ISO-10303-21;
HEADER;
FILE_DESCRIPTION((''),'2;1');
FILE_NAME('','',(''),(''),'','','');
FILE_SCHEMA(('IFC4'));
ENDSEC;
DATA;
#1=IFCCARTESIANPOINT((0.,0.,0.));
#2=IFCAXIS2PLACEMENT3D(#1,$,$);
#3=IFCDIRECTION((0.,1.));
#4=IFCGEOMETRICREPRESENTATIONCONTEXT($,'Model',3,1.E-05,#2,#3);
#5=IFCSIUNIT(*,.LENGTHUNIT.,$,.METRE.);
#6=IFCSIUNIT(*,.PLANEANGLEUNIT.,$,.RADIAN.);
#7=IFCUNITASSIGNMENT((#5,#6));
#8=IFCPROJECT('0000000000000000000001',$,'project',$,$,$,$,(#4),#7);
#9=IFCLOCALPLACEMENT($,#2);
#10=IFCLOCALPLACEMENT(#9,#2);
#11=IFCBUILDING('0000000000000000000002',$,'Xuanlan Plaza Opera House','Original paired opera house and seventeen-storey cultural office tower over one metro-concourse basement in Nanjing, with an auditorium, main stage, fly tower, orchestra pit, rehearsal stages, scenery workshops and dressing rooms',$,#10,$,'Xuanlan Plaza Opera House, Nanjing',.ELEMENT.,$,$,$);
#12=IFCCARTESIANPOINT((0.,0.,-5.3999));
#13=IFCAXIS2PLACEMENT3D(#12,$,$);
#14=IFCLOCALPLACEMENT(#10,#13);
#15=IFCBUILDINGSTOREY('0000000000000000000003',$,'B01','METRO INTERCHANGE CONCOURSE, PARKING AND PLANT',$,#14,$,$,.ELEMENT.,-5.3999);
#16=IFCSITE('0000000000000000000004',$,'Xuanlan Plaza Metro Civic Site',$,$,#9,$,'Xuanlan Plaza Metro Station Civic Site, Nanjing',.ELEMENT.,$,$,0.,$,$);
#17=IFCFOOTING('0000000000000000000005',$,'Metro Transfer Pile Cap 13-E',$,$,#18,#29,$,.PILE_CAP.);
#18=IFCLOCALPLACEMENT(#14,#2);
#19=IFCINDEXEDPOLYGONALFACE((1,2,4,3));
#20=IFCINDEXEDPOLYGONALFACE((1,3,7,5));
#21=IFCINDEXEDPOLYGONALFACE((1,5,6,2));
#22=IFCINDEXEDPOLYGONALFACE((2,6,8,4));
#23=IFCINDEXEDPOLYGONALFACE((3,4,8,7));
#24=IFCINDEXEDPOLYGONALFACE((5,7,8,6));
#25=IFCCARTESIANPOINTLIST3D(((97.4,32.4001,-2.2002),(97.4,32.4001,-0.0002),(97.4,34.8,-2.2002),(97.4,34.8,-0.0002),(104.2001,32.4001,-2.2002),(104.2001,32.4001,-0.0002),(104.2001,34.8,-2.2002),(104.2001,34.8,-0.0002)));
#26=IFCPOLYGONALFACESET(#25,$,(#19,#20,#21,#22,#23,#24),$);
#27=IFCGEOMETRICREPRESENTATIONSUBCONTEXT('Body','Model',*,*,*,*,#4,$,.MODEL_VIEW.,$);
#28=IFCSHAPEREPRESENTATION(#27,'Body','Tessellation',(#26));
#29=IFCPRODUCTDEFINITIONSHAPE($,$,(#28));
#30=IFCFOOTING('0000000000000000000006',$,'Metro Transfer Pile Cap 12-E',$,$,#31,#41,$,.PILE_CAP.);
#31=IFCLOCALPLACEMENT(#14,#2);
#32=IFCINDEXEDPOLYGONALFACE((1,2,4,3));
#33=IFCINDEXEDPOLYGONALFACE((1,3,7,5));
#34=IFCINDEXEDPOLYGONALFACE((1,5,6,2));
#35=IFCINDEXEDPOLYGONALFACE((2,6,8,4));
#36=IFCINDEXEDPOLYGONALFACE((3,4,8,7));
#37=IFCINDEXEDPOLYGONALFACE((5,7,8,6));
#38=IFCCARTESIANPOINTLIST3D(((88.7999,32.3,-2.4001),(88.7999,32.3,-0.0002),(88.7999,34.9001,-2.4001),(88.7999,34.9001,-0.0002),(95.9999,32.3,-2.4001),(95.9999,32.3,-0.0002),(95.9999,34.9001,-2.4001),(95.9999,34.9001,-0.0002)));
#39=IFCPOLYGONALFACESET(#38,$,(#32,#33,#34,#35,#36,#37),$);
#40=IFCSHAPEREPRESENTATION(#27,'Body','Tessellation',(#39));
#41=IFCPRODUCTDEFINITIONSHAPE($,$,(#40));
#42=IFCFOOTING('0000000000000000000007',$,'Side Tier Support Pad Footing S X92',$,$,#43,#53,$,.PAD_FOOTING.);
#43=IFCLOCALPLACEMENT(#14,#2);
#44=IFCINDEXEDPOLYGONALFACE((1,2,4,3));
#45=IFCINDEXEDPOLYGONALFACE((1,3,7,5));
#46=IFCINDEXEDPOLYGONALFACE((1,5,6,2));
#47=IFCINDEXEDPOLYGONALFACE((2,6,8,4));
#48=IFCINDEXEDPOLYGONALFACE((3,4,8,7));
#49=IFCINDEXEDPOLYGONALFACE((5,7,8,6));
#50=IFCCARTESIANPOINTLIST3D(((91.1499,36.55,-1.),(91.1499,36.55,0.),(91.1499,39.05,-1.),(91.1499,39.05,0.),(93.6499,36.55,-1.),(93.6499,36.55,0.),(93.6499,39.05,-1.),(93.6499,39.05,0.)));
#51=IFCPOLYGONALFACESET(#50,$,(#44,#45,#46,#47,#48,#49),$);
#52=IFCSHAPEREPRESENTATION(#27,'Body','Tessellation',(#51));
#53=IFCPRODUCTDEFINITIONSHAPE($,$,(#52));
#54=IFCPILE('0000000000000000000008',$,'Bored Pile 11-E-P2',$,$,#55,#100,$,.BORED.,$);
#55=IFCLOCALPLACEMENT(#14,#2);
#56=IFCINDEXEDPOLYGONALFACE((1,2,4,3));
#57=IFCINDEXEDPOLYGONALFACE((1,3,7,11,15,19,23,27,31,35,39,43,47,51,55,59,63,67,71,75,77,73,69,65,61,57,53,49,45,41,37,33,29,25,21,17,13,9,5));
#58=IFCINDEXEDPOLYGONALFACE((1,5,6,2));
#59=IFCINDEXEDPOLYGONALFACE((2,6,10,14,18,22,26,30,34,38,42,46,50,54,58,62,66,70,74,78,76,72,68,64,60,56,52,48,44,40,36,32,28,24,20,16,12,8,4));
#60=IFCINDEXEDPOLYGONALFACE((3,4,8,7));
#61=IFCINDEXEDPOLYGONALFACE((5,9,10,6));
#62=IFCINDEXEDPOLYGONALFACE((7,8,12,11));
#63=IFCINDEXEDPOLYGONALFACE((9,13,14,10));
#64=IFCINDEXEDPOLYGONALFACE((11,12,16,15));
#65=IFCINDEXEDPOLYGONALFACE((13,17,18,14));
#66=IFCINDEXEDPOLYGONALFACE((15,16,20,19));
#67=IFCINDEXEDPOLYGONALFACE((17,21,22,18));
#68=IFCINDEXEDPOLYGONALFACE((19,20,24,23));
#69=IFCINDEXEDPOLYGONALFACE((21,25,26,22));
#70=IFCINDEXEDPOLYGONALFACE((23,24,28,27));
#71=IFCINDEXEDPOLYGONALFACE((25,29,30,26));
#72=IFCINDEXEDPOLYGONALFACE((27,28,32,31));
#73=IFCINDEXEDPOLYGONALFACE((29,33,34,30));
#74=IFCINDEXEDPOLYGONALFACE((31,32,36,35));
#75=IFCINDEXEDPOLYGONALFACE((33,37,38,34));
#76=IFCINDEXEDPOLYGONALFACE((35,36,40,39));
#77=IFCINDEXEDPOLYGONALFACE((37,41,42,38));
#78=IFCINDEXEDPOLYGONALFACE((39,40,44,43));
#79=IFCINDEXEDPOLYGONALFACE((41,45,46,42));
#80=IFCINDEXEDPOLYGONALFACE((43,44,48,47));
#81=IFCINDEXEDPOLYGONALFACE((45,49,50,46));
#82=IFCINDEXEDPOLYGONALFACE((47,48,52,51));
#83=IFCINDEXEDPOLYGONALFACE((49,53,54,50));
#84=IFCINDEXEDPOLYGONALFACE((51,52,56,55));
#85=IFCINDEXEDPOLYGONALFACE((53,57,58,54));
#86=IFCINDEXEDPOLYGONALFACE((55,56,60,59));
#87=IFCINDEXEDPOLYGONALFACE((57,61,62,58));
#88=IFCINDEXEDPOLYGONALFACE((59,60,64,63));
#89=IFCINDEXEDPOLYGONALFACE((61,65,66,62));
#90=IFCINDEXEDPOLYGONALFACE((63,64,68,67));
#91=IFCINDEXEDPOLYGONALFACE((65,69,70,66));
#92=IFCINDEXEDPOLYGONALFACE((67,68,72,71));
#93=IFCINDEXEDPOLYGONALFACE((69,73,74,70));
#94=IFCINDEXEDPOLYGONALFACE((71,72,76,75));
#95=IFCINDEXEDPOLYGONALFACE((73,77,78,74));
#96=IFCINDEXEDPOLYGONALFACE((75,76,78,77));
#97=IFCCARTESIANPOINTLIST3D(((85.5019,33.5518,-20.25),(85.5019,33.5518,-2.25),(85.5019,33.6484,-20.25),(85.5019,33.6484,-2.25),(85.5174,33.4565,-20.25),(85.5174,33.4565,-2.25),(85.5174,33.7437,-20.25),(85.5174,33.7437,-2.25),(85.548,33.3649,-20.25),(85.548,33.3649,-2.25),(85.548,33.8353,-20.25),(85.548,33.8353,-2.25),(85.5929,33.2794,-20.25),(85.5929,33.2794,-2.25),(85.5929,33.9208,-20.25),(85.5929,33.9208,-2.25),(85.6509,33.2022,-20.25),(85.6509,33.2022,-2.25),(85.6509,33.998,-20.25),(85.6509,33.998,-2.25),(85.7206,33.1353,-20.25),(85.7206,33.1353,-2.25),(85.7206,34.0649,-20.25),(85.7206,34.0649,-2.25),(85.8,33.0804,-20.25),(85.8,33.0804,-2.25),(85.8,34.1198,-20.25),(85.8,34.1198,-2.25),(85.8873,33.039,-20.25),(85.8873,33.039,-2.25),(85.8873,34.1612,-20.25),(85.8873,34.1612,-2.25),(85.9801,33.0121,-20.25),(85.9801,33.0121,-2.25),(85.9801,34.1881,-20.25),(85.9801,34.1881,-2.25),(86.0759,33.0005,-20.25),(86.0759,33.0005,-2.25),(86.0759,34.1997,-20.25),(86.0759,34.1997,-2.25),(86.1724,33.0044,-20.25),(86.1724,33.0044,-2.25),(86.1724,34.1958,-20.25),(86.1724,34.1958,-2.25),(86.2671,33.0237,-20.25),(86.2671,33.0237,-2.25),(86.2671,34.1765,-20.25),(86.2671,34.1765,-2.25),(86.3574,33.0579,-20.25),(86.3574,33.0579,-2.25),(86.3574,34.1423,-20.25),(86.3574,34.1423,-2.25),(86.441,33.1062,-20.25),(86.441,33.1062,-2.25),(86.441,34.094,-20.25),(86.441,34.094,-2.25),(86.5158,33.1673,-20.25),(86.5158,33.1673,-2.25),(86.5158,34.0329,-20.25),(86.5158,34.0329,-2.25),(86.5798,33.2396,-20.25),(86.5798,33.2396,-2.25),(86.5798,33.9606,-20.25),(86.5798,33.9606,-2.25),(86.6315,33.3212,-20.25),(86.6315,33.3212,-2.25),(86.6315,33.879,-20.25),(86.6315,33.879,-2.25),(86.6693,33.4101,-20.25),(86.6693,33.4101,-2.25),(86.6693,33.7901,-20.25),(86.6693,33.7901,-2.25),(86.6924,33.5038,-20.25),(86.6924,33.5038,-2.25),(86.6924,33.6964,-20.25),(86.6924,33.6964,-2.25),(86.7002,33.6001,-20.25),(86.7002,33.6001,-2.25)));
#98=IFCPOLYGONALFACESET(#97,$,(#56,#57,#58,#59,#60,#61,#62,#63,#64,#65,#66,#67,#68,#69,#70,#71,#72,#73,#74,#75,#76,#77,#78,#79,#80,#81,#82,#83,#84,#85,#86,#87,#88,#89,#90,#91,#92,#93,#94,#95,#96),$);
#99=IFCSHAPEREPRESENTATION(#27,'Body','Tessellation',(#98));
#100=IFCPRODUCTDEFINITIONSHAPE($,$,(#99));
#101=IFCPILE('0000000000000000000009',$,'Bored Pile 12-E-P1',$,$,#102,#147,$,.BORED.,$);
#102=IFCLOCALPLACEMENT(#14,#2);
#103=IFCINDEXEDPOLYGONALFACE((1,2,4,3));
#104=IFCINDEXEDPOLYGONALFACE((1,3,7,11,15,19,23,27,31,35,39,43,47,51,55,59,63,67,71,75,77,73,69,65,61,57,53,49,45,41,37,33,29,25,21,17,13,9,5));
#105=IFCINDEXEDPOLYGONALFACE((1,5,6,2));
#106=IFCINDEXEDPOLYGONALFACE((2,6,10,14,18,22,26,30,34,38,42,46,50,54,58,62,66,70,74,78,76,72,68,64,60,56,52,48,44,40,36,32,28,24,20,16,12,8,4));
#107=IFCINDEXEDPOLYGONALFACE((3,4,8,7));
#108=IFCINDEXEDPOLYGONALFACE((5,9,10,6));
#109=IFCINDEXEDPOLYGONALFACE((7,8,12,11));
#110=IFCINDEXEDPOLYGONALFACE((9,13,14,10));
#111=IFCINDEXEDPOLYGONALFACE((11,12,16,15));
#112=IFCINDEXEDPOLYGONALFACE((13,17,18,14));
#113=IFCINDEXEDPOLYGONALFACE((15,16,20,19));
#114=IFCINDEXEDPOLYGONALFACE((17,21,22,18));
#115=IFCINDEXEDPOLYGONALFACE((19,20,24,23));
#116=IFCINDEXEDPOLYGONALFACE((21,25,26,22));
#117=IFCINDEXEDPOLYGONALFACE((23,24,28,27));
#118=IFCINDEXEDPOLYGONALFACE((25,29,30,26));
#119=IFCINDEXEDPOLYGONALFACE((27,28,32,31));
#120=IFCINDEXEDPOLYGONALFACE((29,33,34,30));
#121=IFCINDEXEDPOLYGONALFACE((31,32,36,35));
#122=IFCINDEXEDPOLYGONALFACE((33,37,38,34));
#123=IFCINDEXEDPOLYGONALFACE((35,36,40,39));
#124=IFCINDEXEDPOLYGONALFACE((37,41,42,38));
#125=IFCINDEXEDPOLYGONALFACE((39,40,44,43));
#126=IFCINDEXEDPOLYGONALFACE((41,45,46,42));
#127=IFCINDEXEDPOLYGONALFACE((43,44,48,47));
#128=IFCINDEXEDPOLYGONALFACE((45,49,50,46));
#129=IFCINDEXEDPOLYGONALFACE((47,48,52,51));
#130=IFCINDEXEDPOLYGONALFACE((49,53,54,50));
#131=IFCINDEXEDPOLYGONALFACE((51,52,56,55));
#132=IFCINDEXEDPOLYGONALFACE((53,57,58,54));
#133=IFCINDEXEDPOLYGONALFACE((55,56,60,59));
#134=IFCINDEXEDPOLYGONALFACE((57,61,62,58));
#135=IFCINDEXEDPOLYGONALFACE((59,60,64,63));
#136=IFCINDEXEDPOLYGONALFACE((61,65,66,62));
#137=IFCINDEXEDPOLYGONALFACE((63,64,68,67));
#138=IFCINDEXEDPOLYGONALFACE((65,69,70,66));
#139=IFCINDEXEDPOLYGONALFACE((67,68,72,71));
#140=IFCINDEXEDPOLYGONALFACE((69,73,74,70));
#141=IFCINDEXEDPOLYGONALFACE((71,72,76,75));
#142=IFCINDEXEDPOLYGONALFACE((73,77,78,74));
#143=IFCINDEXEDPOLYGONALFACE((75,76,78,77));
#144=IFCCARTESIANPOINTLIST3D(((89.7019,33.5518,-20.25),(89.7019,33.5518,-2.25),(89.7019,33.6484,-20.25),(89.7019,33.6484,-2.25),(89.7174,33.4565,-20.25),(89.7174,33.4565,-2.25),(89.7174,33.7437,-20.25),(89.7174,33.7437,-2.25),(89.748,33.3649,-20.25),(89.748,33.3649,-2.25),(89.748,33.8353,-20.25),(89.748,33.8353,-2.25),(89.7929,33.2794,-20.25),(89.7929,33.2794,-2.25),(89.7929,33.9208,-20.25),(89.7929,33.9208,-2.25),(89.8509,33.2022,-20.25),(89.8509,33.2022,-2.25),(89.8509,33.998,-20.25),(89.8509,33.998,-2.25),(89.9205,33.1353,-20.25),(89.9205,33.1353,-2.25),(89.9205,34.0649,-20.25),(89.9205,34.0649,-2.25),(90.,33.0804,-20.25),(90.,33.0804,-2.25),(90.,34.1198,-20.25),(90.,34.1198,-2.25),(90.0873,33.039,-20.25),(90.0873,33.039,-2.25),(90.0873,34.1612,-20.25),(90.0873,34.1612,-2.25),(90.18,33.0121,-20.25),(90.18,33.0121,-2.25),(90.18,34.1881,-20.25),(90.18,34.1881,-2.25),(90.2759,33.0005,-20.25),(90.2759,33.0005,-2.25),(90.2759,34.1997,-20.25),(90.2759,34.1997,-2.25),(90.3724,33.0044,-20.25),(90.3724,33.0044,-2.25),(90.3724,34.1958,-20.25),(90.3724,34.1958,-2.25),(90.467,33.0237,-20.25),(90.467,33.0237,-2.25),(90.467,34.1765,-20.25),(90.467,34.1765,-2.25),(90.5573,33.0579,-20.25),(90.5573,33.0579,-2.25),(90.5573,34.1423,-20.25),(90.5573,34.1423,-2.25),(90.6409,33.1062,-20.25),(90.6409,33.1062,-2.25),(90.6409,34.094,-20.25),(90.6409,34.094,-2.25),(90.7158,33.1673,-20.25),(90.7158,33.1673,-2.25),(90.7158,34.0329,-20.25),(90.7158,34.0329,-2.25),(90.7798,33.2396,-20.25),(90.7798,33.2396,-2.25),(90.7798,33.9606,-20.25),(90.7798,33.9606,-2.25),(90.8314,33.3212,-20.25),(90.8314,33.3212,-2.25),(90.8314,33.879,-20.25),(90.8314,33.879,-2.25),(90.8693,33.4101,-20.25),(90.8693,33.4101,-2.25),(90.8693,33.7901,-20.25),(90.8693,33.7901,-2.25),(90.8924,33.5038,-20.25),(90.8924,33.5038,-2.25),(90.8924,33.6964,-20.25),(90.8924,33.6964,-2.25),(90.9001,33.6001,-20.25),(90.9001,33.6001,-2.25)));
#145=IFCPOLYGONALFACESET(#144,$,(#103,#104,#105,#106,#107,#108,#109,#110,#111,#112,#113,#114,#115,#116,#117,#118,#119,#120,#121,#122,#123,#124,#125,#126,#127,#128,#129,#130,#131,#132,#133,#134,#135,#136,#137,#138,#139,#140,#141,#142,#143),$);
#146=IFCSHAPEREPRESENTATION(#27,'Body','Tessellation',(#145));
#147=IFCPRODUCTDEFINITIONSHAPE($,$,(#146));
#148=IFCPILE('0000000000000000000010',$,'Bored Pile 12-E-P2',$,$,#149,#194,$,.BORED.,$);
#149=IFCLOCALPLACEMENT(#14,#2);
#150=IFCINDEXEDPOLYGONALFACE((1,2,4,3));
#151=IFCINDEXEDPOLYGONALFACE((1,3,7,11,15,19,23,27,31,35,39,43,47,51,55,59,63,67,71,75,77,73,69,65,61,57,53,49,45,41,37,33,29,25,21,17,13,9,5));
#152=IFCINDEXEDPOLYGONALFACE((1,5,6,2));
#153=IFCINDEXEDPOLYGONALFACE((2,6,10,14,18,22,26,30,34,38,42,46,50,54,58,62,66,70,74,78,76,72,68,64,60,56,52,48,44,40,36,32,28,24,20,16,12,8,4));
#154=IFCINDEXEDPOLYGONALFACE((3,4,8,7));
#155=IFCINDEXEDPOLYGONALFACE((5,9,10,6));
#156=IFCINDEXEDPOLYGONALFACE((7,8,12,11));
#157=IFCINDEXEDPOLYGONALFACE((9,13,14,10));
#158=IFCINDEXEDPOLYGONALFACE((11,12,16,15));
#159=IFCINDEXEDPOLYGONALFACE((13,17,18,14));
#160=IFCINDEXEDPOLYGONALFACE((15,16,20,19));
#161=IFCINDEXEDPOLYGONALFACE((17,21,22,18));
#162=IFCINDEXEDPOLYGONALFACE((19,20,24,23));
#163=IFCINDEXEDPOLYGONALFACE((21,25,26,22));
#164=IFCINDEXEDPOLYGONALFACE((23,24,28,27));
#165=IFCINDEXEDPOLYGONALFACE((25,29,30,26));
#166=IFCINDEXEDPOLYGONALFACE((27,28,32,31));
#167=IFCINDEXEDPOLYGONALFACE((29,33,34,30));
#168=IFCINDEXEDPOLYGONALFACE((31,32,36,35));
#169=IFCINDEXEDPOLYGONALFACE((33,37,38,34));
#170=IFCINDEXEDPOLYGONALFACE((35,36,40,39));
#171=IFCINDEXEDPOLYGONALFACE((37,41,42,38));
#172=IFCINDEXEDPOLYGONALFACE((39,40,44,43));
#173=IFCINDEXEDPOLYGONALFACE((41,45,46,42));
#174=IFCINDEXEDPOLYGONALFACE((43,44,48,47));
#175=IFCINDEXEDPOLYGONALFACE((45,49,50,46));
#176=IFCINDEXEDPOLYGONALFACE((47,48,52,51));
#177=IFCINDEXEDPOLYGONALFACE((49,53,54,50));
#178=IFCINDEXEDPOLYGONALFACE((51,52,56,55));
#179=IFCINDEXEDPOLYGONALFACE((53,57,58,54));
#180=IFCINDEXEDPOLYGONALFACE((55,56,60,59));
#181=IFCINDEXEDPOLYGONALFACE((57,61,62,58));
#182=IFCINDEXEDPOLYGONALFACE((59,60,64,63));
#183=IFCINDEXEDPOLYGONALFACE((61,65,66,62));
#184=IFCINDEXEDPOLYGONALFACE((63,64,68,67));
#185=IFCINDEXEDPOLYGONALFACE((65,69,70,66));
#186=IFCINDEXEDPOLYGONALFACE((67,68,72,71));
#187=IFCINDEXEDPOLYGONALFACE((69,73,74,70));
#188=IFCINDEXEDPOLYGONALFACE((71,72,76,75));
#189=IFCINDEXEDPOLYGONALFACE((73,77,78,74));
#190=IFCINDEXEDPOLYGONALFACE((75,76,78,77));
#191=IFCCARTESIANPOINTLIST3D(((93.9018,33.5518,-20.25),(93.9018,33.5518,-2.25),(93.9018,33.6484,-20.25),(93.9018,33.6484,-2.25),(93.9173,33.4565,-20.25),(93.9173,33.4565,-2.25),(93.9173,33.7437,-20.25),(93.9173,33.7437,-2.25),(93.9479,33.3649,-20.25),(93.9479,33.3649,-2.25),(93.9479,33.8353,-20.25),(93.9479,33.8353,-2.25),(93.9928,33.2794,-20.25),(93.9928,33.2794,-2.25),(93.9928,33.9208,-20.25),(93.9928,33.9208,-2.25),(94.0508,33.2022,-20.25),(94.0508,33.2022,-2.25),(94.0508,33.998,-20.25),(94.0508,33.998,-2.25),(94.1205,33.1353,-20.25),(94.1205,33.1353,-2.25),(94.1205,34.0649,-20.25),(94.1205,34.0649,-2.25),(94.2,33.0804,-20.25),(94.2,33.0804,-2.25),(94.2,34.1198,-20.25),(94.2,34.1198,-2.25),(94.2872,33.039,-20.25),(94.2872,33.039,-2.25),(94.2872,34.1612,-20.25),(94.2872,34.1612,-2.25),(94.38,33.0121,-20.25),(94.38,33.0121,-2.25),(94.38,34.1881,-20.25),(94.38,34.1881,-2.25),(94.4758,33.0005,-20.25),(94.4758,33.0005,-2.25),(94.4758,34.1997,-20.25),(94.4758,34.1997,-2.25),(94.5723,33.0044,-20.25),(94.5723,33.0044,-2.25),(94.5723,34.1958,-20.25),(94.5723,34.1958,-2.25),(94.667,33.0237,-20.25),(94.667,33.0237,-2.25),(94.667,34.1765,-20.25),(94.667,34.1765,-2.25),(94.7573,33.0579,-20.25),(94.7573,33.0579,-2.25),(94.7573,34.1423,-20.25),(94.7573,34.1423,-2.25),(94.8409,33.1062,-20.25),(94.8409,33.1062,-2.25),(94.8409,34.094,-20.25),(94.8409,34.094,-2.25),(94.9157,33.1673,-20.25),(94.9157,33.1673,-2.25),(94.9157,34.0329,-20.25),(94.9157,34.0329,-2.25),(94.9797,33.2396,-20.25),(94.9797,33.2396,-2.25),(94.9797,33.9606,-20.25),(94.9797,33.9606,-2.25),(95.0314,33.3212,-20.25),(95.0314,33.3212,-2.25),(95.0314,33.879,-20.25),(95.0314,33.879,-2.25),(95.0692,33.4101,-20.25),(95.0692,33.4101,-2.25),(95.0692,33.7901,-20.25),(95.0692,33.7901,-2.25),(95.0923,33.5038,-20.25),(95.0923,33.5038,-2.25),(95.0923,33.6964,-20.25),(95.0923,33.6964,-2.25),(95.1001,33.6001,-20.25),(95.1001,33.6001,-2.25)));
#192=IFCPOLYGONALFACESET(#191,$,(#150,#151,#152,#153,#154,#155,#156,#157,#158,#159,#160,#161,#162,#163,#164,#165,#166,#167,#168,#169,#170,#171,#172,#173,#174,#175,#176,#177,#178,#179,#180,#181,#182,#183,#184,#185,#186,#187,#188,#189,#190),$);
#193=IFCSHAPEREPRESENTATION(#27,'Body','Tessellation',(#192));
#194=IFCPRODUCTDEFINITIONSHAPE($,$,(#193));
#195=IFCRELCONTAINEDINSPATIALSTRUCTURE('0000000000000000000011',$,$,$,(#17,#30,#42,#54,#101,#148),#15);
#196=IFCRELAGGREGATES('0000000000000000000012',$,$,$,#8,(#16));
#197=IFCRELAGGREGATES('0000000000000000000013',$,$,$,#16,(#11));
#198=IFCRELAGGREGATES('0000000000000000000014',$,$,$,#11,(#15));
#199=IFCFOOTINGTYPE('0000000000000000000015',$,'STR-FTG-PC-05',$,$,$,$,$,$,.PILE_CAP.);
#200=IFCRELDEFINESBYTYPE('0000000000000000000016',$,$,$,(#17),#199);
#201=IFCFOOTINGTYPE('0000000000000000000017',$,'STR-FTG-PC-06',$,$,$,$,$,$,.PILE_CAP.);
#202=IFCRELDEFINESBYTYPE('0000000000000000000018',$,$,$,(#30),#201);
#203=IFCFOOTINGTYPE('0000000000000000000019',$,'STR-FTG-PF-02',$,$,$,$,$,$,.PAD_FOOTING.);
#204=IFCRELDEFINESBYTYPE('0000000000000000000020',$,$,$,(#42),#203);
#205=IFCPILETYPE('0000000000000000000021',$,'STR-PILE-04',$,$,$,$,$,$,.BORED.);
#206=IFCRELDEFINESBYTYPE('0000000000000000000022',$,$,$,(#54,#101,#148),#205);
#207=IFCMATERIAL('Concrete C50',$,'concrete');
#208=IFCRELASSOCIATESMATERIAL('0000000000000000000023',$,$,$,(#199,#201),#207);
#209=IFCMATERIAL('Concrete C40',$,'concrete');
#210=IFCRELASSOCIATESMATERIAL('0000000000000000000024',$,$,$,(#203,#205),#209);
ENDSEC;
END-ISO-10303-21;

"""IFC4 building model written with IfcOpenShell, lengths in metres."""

from ifc_helpers import new_model, si_unit, direction, frame, origin, origin_2d, place, context, subcontext, project, spatial, rectangle, circle, extrude, material, material_profile, profile_set, type_object, element, save


model = new_model("IFC4")

# Units and contexts
model_context = context("Model", 3, precision=1e-05, world=origin(), true_north=direction((0.0, 1.0)))
body_context = subcontext(model_context, "Body", "Model", "MODEL_VIEW")
ifc_project = project(units=[si_unit("LENGTHUNIT", "METRE"), si_unit("PLANEANGLEUNIT", "RADIAN")], contexts=[model_context])

# Site, building, storey
site_placement = place(None, origin())
site = spatial("IfcSite", under=ifc_project, at=site_placement, Name="Xuanlan Plaza Metro Civic Site", LongName="Xuanlan Plaza Metro Station Civic Site, Nanjing", CompositionType="ELEMENT", RefElevation=0.0)
building_placement = place(site_placement, origin())
building = spatial("IfcBuilding", under=site, at=building_placement, Name="Xuanlan Plaza Opera House", Description="Original paired opera house and seventeen-storey cultural office tower over one metro-concourse basement in Nanjing, with an auditorium, main stage, fly tower, orchestra pit, rehearsal stages, scenery workshops and dressing rooms", LongName="Xuanlan Plaza Opera House, Nanjing", CompositionType="ELEMENT")
storey_placement = place(building_placement, frame((0.0, 0.0, -5.3999)))
storey = spatial("IfcBuildingStorey", under=building, at=storey_placement, Name="B01", Description="METRO INTERCHANGE CONCOURSE, PARKING AND PLANT", CompositionType="ELEMENT", Elevation=-5.3999)

# Footings
ifc_material_1 = material(Name="Concrete C50", Category="concrete")
footing_type_1 = type_object("IfcFootingType", Name="STR-FTG-PC-05", PredefinedType="PILE_CAP", material=ifc_material_1)
footing_1_placement = place(storey_placement, frame((100.8, 33.6001, -2.2002), z_axis=(0.0, 0.0, 1.0), x_axis=(1.0, 0.0, 0.0)))
element("IfcFooting", 1, at=footing_1_placement, inside=storey, type_object=footing_type_1, Name="Metro Transfer Pile Cap 13-E", PredefinedType="PILE_CAP", context=body_context, shape_type="SweptSolid", body=[
    extrude(rectangle(XDim=6.8, YDim=2.3999, at=origin_2d()), origin(), (0.0, 0.0, 1.0), 2.2),
])
footing_type_2 = type_object("IfcFootingType", Name="STR-FTG-PC-06", PredefinedType="PILE_CAP", material=ifc_material_1)
footing_2_placement = place(storey_placement, frame((92.3999, 33.6001, -2.4001), z_axis=(0.0, 0.0, 1.0), x_axis=(1.0, 0.0, 0.0)))
element("IfcFooting", 2, at=footing_2_placement, inside=storey, type_object=footing_type_2, Name="Metro Transfer Pile Cap 12-E", PredefinedType="PILE_CAP", context=body_context, shape_type="SweptSolid", body=[
    extrude(rectangle(XDim=7.2, YDim=2.6001, at=origin_2d()), origin(), (0.0, 0.0, 1.0), 2.3999),
])
ifc_material_2 = material(Name="Concrete C40", Category="concrete")
footing_type_3 = type_object("IfcFootingType", Name="STR-FTG-PF-02", PredefinedType="PAD_FOOTING", material=ifc_material_2)
footing_3_placement = place(storey_placement, frame((92.3999, 37.8, -1.0), z_axis=(0.0, 0.0, 1.0), x_axis=(1.0, 0.0, 0.0)))
element("IfcFooting", 3, at=footing_3_placement, inside=storey, type_object=footing_type_3, Name="Side Tier Support Pad Footing S X92", PredefinedType="PAD_FOOTING", context=body_context, shape_type="SweptSolid", body=[
    extrude(rectangle(XDim=2.5, YDim=2.5, at=origin_2d()), origin(), (0.0, 0.0, 1.0), 1.0),
])

# Piles
ifc_material_profile_1 = material_profile(ifc_material_2, circle(Radius=0.6001, at=origin_2d()), Name="PILE D1200")
ifc_profile_set_1 = profile_set([ifc_material_profile_1], Name="Concrete C40")
pile_type = type_object("IfcPileType", Name="STR-PILE-04", PredefinedType="BORED", material=ifc_profile_set_1)
for number, where, z_axis, x_axis, name in (
    (4, (86.1001, 33.6001, -2.25), (0.0, 0.0, -1.0), (1.0, 0.0, 0.0), "Bored Pile 11-E-P2"),
    (5, (90.3, 33.6001, -2.25), (0.0, 0.0, -1.0), (1.0, 0.0, 0.0), "Bored Pile 12-E-P1"),
    (6, (94.5, 33.6001, -2.25), (0.0, 0.0, -1.0), (1.0, 0.0, 0.0), "Bored Pile 12-E-P2"),
):
    element("IfcPile", number, at=place(storey_placement, frame(where, z_axis=z_axis, x_axis=x_axis)), inside=storey, type_object=pile_type, Name=name, PredefinedType="BORED", context=body_context, shape_type="SweptSolid", body=[
        extrude(circle(Radius=0.6001, at=origin_2d()), origin(), (0.0, 0.0, 1.0), 18.0),
    ])

save(model, "model.ifc")
